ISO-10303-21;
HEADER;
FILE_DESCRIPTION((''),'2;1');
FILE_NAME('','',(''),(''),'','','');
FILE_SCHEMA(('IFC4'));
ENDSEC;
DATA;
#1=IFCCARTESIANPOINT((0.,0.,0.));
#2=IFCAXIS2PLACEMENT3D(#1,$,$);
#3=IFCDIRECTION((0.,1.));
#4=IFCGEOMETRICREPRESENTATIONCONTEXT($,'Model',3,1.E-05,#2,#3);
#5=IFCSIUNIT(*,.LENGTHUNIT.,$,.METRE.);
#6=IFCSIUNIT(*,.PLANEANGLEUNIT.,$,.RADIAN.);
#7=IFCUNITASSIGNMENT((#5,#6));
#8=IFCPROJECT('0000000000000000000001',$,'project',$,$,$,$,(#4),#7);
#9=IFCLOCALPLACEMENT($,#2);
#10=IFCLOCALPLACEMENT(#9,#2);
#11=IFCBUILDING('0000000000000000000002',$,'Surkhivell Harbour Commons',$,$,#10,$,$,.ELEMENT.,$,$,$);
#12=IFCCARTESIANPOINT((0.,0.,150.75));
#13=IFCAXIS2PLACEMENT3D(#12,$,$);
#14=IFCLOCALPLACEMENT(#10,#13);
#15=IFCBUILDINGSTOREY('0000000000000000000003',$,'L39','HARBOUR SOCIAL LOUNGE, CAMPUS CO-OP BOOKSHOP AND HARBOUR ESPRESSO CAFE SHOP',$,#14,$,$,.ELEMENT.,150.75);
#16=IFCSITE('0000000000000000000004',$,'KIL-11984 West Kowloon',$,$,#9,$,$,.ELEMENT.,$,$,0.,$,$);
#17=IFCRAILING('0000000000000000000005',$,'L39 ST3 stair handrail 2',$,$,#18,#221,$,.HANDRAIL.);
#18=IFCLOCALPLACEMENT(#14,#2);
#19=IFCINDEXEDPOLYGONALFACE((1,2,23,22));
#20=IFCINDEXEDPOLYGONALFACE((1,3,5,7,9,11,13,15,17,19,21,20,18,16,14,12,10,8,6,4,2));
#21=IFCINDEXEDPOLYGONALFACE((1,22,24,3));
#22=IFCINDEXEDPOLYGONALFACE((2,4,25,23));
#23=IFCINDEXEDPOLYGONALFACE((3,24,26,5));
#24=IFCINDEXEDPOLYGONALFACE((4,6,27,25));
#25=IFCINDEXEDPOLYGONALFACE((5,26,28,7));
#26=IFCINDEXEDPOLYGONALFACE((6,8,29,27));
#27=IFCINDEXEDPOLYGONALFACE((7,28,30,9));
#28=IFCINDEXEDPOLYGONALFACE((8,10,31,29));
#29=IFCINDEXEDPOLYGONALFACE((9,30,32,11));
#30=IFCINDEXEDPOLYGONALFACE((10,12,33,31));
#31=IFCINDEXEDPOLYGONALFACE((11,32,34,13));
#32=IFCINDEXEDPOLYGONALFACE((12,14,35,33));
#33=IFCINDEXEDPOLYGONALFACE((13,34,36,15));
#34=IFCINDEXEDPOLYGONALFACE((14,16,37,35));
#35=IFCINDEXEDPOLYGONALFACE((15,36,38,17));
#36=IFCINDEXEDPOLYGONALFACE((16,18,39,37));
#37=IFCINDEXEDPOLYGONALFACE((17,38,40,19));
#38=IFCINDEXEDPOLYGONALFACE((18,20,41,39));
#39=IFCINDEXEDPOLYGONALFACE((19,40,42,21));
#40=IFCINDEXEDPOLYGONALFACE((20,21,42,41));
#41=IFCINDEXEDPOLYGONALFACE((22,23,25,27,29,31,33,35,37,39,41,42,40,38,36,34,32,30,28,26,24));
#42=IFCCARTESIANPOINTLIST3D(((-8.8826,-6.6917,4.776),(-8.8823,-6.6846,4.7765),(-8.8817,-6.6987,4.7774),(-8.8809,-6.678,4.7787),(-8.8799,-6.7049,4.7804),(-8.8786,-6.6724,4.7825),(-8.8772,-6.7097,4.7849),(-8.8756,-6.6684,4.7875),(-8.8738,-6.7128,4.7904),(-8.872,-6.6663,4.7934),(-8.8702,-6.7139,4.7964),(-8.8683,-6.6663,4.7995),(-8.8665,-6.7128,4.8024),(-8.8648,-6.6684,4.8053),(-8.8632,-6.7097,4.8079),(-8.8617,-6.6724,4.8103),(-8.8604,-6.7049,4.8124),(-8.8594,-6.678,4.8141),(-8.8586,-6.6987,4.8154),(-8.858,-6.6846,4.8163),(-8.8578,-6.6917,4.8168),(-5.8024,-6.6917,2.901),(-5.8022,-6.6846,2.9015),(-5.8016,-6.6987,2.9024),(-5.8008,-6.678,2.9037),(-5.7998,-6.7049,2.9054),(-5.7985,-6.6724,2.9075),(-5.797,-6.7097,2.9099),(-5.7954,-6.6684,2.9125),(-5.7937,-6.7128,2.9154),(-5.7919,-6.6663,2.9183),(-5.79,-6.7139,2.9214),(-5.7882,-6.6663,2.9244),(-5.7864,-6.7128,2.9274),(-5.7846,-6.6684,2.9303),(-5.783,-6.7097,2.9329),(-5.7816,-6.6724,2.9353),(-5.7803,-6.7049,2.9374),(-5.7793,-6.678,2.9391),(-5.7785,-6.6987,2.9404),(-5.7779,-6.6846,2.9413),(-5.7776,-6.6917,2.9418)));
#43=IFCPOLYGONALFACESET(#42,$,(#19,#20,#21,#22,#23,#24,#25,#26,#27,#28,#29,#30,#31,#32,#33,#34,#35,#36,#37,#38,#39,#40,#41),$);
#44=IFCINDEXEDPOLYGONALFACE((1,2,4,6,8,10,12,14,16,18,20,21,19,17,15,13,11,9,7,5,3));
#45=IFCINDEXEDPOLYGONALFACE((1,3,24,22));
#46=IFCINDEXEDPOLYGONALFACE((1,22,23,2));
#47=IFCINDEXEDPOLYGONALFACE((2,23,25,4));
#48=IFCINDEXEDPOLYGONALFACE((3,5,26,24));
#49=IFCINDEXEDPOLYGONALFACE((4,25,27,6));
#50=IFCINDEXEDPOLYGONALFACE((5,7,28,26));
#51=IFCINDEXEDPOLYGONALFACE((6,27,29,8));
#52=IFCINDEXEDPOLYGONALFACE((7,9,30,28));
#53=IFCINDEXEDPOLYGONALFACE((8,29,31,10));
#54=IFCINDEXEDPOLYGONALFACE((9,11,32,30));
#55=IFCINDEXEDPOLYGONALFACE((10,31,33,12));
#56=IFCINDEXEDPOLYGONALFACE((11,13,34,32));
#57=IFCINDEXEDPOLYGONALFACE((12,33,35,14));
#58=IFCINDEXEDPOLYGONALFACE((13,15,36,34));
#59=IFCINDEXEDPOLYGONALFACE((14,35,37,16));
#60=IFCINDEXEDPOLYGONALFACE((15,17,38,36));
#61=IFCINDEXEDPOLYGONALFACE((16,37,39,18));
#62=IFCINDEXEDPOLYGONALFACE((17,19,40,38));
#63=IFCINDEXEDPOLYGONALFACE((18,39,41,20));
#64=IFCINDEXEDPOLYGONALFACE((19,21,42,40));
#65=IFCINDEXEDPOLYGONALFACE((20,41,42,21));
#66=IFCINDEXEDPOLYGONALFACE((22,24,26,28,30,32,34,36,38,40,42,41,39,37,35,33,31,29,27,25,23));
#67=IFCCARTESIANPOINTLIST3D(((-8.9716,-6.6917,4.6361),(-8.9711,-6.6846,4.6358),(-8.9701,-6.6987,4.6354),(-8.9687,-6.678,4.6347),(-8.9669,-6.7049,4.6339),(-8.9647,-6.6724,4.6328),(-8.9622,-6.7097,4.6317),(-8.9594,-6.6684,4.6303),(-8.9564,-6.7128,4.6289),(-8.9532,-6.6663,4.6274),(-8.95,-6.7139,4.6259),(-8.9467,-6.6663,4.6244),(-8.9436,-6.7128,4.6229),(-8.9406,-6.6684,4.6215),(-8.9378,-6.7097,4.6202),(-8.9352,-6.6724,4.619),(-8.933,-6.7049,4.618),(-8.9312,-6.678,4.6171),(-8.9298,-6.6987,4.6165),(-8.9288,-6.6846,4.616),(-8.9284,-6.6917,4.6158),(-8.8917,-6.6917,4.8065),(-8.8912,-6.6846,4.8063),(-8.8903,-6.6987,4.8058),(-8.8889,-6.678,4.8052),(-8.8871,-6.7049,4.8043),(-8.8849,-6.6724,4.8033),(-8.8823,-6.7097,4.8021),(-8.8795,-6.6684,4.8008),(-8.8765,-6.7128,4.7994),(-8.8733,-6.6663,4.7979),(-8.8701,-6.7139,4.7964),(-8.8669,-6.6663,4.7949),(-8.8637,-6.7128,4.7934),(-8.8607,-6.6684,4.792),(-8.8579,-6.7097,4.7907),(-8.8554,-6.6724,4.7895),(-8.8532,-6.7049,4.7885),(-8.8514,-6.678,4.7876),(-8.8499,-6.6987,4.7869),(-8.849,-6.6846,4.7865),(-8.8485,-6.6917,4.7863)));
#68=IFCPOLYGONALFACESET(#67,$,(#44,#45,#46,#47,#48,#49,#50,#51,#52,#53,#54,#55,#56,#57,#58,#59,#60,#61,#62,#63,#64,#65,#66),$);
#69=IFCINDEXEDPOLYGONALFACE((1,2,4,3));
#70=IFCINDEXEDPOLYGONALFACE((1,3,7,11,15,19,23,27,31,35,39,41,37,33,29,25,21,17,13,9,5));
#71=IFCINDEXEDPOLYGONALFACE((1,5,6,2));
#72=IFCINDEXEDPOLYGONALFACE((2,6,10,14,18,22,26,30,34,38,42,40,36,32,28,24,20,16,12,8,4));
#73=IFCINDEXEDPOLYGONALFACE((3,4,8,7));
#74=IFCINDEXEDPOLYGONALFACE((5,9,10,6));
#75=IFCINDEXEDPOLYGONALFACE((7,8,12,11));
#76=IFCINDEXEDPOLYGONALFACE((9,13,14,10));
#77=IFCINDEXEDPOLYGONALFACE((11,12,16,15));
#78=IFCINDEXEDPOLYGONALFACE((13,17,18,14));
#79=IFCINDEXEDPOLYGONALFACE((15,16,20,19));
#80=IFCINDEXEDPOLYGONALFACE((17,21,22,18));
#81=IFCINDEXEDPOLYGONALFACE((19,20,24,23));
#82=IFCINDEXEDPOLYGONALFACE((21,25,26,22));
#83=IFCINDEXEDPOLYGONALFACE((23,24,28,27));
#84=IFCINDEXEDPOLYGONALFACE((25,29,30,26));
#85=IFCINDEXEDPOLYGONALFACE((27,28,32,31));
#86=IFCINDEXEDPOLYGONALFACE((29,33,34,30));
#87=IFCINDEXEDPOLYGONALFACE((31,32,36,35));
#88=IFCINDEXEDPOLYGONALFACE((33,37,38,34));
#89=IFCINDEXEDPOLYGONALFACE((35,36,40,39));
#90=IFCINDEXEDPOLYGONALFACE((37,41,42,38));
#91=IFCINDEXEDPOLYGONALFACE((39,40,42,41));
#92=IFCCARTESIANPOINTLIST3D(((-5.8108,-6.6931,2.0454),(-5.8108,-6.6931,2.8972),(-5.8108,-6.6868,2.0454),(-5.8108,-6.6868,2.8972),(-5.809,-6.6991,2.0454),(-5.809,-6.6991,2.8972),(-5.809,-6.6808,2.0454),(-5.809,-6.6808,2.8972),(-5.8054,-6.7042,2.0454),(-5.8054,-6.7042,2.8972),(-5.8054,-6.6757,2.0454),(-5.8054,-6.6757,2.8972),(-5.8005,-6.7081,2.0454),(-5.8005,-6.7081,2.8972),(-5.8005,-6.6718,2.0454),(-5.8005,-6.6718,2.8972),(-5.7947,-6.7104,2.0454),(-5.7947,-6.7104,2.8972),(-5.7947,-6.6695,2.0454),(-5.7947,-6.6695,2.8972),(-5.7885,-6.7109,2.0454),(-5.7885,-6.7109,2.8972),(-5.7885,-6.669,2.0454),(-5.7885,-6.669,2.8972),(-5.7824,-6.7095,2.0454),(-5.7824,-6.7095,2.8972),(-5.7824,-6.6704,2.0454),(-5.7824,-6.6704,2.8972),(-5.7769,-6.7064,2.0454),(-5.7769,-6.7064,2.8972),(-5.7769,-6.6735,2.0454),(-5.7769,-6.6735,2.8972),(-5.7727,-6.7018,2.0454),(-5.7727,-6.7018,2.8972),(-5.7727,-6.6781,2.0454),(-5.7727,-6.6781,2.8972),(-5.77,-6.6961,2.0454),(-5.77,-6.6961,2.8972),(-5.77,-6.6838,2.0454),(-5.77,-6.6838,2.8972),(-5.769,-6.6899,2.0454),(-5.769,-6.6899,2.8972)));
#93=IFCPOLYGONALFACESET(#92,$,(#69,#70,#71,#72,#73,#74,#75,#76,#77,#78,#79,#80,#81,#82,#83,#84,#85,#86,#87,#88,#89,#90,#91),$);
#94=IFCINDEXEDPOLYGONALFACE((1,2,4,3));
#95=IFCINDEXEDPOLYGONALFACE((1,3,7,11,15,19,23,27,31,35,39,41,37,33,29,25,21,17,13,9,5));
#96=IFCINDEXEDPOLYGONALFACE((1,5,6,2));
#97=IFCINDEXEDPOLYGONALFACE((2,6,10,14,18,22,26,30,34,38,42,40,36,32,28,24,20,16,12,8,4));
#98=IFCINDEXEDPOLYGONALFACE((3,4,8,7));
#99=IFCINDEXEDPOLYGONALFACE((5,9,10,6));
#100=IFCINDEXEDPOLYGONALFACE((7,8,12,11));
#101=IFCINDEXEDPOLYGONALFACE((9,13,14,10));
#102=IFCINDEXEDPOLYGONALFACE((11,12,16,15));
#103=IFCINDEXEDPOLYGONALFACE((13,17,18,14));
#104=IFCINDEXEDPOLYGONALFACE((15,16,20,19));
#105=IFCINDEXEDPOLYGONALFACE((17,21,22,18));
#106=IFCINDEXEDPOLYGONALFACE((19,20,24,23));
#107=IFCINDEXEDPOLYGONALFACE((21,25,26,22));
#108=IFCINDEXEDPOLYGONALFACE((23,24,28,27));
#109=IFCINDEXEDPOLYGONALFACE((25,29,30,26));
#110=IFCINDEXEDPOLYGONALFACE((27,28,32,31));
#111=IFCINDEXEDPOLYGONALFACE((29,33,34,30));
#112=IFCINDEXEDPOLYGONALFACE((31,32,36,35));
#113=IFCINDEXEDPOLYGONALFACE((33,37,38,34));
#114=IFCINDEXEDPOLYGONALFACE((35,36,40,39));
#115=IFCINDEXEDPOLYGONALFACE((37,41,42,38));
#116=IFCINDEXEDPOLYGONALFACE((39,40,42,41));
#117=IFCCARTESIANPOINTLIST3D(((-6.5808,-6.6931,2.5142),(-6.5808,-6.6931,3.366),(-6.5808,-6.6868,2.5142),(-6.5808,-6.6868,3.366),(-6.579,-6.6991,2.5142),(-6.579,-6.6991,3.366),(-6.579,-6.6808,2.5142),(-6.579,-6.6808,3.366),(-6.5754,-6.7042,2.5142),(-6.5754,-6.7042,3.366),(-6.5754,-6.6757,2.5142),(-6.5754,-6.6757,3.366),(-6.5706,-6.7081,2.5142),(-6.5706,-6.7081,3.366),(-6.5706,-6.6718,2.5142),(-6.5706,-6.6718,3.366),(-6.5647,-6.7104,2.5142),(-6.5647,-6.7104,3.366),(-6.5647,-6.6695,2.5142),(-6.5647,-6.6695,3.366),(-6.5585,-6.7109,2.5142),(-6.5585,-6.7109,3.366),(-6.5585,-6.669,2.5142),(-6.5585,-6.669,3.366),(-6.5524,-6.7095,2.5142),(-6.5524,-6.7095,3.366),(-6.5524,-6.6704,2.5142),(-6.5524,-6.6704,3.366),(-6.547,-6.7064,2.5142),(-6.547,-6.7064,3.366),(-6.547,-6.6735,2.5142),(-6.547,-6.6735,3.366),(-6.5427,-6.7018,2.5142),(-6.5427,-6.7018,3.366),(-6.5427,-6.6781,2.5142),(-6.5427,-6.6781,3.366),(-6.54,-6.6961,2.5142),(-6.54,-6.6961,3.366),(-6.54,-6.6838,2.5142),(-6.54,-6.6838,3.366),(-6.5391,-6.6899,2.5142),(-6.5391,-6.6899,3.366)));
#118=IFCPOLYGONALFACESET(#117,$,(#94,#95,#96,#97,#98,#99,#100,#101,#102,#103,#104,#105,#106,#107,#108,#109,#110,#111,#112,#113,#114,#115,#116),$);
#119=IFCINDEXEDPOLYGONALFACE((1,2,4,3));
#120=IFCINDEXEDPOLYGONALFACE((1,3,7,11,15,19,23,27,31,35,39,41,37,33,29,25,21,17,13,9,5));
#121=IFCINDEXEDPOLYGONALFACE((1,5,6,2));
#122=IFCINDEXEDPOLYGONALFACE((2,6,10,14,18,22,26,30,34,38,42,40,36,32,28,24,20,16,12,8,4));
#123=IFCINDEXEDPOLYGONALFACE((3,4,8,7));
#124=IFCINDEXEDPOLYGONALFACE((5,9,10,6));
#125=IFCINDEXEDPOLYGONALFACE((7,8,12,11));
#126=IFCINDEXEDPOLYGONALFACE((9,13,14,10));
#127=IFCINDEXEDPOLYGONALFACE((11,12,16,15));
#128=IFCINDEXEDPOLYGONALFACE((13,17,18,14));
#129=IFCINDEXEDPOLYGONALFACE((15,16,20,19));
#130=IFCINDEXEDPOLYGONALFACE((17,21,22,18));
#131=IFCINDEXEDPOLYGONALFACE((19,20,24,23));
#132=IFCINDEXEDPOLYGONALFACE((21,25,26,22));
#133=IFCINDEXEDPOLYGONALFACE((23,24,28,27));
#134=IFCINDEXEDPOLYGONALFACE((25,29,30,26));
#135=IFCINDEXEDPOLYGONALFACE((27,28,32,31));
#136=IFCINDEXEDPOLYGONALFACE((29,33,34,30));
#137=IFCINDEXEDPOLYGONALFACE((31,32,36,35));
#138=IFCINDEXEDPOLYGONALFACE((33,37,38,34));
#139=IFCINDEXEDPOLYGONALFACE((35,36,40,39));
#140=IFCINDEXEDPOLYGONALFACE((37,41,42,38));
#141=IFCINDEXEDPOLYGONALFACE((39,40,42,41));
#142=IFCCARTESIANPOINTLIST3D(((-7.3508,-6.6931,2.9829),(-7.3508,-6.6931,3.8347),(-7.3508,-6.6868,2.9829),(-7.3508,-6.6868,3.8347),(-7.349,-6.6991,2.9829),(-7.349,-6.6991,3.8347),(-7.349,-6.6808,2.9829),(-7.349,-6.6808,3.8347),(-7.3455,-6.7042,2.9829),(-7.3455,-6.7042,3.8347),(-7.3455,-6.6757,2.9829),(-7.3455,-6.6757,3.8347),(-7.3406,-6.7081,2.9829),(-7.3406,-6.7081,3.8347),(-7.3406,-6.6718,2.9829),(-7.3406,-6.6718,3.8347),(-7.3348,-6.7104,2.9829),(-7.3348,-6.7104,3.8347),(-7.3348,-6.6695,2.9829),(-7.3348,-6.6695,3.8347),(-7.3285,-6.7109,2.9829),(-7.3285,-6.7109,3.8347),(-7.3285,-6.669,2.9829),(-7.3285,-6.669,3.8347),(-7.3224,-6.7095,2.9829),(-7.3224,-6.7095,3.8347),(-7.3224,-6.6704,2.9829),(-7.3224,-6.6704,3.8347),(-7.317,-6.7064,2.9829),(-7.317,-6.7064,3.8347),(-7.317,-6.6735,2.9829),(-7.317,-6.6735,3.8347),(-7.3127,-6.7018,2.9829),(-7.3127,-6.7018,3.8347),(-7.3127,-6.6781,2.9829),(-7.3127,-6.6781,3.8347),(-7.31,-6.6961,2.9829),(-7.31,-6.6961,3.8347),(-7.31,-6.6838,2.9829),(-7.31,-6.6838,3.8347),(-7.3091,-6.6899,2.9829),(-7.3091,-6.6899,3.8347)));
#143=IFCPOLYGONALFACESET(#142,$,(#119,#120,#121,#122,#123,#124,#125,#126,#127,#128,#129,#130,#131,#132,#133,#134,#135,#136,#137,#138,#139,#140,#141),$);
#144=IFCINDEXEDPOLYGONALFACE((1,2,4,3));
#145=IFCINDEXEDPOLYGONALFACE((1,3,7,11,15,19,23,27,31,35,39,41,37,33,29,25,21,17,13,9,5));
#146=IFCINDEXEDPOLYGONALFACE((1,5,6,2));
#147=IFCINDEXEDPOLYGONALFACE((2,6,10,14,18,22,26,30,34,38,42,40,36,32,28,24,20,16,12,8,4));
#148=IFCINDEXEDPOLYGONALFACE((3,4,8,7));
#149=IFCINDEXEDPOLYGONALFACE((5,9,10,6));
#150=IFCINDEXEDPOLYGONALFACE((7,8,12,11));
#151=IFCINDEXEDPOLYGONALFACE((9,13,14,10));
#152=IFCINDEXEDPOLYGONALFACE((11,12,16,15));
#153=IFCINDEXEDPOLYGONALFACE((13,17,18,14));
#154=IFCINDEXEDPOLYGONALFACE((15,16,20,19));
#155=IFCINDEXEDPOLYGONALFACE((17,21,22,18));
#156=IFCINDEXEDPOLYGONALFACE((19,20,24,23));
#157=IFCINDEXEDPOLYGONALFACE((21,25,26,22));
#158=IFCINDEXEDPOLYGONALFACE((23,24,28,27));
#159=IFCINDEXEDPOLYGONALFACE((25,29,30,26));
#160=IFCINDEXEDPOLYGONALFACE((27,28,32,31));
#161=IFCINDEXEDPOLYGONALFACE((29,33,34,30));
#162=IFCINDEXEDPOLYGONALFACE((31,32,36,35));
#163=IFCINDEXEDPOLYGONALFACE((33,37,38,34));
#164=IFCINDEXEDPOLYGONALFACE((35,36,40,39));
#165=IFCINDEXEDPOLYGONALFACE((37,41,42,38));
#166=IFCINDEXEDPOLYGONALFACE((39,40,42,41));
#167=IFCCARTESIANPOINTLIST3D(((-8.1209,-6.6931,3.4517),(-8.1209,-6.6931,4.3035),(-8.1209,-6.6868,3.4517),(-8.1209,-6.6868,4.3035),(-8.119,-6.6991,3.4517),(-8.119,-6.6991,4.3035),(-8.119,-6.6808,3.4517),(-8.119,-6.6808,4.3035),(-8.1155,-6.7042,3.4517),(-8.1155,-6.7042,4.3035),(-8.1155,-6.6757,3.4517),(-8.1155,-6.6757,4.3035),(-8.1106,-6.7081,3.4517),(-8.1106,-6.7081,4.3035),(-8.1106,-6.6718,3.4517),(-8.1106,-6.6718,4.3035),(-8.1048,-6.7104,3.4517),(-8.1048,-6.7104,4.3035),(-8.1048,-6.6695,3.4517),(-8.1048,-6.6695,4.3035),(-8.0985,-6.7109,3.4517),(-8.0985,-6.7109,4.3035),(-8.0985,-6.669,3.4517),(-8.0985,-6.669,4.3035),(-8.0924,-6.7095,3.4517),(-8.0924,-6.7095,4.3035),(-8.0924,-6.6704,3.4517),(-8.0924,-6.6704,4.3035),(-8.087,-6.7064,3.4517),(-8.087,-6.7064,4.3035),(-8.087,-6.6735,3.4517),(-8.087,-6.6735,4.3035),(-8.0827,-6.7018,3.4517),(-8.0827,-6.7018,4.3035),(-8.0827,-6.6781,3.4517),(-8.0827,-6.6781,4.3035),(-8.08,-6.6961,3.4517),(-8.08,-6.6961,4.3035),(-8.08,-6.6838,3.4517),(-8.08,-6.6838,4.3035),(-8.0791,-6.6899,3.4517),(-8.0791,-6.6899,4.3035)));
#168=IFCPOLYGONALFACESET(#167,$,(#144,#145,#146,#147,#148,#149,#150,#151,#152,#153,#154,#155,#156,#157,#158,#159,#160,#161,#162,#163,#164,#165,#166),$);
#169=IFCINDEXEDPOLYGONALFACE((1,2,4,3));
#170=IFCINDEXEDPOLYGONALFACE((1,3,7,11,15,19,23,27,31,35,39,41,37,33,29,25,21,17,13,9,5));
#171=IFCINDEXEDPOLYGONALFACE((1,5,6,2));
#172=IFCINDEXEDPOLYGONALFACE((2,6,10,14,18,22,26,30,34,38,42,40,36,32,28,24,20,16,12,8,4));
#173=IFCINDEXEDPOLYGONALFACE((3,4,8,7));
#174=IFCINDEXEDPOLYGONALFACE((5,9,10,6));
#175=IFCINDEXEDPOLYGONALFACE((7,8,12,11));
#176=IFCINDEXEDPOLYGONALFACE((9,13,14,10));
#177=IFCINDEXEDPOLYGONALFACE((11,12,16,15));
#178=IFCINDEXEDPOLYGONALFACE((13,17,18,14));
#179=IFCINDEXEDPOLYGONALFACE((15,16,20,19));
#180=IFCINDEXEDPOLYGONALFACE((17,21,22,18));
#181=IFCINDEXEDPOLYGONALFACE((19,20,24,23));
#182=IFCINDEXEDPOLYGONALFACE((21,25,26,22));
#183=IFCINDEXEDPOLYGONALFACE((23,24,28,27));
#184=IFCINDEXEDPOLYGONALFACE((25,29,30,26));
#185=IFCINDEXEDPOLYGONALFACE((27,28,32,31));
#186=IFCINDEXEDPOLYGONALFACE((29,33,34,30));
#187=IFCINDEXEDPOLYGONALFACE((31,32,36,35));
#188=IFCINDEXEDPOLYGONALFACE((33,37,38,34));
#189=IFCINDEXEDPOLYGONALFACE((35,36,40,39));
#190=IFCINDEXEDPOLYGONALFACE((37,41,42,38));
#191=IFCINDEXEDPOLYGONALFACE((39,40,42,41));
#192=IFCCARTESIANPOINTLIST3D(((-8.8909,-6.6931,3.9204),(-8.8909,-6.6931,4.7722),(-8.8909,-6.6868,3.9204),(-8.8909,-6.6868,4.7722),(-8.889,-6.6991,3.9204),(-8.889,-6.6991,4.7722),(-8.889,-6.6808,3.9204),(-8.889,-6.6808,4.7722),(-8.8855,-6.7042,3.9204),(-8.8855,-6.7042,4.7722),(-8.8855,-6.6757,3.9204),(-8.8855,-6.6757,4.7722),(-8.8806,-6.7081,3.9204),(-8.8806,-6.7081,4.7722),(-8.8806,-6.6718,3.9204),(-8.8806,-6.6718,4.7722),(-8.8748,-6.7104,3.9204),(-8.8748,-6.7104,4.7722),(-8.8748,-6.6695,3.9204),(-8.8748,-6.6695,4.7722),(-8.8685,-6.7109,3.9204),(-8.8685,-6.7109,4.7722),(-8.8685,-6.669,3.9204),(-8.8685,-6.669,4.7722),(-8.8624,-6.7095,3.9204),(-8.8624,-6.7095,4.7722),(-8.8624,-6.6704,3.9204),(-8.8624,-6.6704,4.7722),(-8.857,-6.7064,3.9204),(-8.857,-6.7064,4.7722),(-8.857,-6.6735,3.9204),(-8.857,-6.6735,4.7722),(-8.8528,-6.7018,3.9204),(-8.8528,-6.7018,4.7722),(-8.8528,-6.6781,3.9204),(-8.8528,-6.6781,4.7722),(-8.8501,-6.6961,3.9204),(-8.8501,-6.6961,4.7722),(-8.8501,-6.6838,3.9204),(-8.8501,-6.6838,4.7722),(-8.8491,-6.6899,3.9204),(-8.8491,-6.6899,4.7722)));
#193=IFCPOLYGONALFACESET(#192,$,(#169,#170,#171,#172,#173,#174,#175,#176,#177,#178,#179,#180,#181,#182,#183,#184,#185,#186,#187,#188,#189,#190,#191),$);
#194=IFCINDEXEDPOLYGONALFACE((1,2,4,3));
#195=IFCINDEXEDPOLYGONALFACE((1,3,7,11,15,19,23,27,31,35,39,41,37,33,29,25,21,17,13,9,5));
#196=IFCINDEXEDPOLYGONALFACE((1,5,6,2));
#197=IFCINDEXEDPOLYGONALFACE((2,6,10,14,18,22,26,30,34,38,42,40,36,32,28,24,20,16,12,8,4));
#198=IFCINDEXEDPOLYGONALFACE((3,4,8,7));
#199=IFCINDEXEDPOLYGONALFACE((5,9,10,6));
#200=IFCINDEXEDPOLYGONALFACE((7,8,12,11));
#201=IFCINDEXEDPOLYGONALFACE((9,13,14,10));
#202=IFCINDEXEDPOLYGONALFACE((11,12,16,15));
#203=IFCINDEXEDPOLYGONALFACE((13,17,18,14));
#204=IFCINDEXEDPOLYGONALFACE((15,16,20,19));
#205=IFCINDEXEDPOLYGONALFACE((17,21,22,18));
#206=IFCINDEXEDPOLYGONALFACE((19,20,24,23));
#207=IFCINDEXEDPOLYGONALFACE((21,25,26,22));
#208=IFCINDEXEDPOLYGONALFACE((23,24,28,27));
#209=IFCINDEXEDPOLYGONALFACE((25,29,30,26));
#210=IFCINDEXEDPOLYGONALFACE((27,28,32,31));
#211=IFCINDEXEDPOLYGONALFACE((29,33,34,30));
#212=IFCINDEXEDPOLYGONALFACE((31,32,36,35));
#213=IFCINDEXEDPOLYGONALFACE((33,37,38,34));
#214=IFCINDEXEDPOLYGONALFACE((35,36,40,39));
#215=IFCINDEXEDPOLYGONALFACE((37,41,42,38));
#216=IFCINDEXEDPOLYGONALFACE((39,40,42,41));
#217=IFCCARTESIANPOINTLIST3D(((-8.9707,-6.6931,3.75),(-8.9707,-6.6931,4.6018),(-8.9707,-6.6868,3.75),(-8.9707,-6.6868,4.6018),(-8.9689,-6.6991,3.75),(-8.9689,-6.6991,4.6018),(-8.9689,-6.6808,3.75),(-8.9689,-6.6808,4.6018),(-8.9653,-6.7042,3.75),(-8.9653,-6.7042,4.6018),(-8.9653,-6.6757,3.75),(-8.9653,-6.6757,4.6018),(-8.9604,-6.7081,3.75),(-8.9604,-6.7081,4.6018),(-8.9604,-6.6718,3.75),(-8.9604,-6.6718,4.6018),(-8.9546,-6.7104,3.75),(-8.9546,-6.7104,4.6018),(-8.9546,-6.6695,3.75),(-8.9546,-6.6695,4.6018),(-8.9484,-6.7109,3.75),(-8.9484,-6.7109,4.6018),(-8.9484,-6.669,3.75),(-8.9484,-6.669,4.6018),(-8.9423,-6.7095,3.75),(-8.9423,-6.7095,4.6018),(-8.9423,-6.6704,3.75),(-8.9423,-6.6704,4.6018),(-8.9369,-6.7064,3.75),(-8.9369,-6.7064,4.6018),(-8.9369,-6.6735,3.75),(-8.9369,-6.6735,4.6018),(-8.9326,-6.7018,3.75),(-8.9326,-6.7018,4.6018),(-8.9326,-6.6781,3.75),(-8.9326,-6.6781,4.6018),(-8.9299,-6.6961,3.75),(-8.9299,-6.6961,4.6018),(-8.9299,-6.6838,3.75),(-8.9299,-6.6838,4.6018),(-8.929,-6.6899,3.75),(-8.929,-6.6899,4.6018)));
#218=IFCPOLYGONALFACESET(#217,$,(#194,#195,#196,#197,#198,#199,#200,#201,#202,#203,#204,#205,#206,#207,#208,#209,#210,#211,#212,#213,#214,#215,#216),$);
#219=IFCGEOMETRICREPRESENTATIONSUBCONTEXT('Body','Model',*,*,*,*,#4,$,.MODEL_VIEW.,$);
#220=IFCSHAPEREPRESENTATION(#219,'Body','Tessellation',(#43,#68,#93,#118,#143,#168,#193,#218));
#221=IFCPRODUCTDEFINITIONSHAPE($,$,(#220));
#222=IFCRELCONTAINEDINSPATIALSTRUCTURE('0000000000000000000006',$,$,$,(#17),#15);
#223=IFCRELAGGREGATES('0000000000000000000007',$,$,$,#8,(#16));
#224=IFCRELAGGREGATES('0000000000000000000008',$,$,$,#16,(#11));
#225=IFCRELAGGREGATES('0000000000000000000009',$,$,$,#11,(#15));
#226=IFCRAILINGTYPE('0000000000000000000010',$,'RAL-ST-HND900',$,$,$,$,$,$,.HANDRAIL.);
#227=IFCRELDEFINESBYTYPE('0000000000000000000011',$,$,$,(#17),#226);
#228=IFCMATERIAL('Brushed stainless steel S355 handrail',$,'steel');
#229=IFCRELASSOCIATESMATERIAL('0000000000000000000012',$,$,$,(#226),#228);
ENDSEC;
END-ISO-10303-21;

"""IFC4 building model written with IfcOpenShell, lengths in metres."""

from ifc_helpers import new_model, si_unit, direction, frame, origin, origin_2d, place, context, subcontext, project, spatial, circle, extrude, material, type_object, element, save


model = new_model("IFC4")

# Units and contexts
model_context = context("Model", 3, precision=1e-05, world=origin(), true_north=direction((0.0, 1.0)))
body_context = subcontext(model_context, "Body", "Model", "MODEL_VIEW")
ifc_project = project(units=[si_unit("LENGTHUNIT", "METRE"), si_unit("PLANEANGLEUNIT", "RADIAN")], contexts=[model_context])

# Site, building, storey
site_placement = place(None, origin())
site = spatial("IfcSite", under=ifc_project, at=site_placement, Name="KIL-11984 West Kowloon", CompositionType="ELEMENT", RefElevation=0.0)
building_placement = place(site_placement, origin())
building = spatial("IfcBuilding", under=site, at=building_placement, Name="Surkhivell Harbour Commons", CompositionType="ELEMENT")
storey_placement = place(building_placement, frame((0.0, 0.0, 150.75)))
storey = spatial("IfcBuildingStorey", under=building, at=storey_placement, Name="L39", Description="HARBOUR SOCIAL LOUNGE, CAMPUS CO-OP BOOKSHOP AND HARBOUR ESPRESSO CAFE SHOP", CompositionType="ELEMENT", Elevation=150.75)

# Railing
ifc_material_1 = material(Name="Brushed stainless steel S355 handrail", Category="steel")
railing_type_1 = type_object("IfcRailingType", Name="RAL-ST-HND900", PredefinedType="HANDRAIL", material=ifc_material_1)
railing_1_placement = place(storey_placement, frame((-5.79, -6.6899, 2.0454)))
element("IfcRailing", 1, at=railing_1_placement, inside=storey, type_object=railing_type_1, Name="L39 ST3 stair handrail 2", PredefinedType="HANDRAIL", context=body_context, shape_type="SweptSolid", body=[
    extrude(circle(Radius=0.0239, at=origin_2d()), frame((0.0, 0.0, 0.876), z_axis=(-0.854178, 0.0, 0.519981), x_axis=(0.0, -1.0, 0.0)), (0.0, 0.0, 1.0), 3.606),
    extrude(circle(Radius=0.0239, at=origin_2d()), frame((-3.0801, 0.0, 2.751), z_axis=(-0.424234, 0.0, -0.905552), x_axis=(0.0, -1.0, 0.0)), (0.0, 0.0, 1.0), 0.1882),
    extrude(circle(Radius=0.021, at=origin_2d()), origin(), (0.0, 0.0, 1.0), 0.8518),
    extrude(circle(Radius=0.021, at=origin_2d()), frame((-0.77, 0.0, 0.4688)), (0.0, 0.0, 1.0), 0.8518),
    extrude(circle(Radius=0.021, at=origin_2d()), frame((-1.54, 0.0, 0.9375)), (0.0, 0.0, 1.0), 0.8518),
    extrude(circle(Radius=0.021, at=origin_2d()), frame((-2.3101, 0.0, 1.4062)), (0.0, 0.0, 1.0), 0.8518),
    extrude(circle(Radius=0.021, at=origin_2d()), frame((-3.0801, 0.0, 1.875)), (0.0, 0.0, 1.0), 0.8518),
    extrude(circle(Radius=0.021, at=origin_2d()), frame((-3.1599, 0.0, 1.7046)), (0.0, 0.0, 1.0), 0.8518),
])

save(model, "model.ifc")
